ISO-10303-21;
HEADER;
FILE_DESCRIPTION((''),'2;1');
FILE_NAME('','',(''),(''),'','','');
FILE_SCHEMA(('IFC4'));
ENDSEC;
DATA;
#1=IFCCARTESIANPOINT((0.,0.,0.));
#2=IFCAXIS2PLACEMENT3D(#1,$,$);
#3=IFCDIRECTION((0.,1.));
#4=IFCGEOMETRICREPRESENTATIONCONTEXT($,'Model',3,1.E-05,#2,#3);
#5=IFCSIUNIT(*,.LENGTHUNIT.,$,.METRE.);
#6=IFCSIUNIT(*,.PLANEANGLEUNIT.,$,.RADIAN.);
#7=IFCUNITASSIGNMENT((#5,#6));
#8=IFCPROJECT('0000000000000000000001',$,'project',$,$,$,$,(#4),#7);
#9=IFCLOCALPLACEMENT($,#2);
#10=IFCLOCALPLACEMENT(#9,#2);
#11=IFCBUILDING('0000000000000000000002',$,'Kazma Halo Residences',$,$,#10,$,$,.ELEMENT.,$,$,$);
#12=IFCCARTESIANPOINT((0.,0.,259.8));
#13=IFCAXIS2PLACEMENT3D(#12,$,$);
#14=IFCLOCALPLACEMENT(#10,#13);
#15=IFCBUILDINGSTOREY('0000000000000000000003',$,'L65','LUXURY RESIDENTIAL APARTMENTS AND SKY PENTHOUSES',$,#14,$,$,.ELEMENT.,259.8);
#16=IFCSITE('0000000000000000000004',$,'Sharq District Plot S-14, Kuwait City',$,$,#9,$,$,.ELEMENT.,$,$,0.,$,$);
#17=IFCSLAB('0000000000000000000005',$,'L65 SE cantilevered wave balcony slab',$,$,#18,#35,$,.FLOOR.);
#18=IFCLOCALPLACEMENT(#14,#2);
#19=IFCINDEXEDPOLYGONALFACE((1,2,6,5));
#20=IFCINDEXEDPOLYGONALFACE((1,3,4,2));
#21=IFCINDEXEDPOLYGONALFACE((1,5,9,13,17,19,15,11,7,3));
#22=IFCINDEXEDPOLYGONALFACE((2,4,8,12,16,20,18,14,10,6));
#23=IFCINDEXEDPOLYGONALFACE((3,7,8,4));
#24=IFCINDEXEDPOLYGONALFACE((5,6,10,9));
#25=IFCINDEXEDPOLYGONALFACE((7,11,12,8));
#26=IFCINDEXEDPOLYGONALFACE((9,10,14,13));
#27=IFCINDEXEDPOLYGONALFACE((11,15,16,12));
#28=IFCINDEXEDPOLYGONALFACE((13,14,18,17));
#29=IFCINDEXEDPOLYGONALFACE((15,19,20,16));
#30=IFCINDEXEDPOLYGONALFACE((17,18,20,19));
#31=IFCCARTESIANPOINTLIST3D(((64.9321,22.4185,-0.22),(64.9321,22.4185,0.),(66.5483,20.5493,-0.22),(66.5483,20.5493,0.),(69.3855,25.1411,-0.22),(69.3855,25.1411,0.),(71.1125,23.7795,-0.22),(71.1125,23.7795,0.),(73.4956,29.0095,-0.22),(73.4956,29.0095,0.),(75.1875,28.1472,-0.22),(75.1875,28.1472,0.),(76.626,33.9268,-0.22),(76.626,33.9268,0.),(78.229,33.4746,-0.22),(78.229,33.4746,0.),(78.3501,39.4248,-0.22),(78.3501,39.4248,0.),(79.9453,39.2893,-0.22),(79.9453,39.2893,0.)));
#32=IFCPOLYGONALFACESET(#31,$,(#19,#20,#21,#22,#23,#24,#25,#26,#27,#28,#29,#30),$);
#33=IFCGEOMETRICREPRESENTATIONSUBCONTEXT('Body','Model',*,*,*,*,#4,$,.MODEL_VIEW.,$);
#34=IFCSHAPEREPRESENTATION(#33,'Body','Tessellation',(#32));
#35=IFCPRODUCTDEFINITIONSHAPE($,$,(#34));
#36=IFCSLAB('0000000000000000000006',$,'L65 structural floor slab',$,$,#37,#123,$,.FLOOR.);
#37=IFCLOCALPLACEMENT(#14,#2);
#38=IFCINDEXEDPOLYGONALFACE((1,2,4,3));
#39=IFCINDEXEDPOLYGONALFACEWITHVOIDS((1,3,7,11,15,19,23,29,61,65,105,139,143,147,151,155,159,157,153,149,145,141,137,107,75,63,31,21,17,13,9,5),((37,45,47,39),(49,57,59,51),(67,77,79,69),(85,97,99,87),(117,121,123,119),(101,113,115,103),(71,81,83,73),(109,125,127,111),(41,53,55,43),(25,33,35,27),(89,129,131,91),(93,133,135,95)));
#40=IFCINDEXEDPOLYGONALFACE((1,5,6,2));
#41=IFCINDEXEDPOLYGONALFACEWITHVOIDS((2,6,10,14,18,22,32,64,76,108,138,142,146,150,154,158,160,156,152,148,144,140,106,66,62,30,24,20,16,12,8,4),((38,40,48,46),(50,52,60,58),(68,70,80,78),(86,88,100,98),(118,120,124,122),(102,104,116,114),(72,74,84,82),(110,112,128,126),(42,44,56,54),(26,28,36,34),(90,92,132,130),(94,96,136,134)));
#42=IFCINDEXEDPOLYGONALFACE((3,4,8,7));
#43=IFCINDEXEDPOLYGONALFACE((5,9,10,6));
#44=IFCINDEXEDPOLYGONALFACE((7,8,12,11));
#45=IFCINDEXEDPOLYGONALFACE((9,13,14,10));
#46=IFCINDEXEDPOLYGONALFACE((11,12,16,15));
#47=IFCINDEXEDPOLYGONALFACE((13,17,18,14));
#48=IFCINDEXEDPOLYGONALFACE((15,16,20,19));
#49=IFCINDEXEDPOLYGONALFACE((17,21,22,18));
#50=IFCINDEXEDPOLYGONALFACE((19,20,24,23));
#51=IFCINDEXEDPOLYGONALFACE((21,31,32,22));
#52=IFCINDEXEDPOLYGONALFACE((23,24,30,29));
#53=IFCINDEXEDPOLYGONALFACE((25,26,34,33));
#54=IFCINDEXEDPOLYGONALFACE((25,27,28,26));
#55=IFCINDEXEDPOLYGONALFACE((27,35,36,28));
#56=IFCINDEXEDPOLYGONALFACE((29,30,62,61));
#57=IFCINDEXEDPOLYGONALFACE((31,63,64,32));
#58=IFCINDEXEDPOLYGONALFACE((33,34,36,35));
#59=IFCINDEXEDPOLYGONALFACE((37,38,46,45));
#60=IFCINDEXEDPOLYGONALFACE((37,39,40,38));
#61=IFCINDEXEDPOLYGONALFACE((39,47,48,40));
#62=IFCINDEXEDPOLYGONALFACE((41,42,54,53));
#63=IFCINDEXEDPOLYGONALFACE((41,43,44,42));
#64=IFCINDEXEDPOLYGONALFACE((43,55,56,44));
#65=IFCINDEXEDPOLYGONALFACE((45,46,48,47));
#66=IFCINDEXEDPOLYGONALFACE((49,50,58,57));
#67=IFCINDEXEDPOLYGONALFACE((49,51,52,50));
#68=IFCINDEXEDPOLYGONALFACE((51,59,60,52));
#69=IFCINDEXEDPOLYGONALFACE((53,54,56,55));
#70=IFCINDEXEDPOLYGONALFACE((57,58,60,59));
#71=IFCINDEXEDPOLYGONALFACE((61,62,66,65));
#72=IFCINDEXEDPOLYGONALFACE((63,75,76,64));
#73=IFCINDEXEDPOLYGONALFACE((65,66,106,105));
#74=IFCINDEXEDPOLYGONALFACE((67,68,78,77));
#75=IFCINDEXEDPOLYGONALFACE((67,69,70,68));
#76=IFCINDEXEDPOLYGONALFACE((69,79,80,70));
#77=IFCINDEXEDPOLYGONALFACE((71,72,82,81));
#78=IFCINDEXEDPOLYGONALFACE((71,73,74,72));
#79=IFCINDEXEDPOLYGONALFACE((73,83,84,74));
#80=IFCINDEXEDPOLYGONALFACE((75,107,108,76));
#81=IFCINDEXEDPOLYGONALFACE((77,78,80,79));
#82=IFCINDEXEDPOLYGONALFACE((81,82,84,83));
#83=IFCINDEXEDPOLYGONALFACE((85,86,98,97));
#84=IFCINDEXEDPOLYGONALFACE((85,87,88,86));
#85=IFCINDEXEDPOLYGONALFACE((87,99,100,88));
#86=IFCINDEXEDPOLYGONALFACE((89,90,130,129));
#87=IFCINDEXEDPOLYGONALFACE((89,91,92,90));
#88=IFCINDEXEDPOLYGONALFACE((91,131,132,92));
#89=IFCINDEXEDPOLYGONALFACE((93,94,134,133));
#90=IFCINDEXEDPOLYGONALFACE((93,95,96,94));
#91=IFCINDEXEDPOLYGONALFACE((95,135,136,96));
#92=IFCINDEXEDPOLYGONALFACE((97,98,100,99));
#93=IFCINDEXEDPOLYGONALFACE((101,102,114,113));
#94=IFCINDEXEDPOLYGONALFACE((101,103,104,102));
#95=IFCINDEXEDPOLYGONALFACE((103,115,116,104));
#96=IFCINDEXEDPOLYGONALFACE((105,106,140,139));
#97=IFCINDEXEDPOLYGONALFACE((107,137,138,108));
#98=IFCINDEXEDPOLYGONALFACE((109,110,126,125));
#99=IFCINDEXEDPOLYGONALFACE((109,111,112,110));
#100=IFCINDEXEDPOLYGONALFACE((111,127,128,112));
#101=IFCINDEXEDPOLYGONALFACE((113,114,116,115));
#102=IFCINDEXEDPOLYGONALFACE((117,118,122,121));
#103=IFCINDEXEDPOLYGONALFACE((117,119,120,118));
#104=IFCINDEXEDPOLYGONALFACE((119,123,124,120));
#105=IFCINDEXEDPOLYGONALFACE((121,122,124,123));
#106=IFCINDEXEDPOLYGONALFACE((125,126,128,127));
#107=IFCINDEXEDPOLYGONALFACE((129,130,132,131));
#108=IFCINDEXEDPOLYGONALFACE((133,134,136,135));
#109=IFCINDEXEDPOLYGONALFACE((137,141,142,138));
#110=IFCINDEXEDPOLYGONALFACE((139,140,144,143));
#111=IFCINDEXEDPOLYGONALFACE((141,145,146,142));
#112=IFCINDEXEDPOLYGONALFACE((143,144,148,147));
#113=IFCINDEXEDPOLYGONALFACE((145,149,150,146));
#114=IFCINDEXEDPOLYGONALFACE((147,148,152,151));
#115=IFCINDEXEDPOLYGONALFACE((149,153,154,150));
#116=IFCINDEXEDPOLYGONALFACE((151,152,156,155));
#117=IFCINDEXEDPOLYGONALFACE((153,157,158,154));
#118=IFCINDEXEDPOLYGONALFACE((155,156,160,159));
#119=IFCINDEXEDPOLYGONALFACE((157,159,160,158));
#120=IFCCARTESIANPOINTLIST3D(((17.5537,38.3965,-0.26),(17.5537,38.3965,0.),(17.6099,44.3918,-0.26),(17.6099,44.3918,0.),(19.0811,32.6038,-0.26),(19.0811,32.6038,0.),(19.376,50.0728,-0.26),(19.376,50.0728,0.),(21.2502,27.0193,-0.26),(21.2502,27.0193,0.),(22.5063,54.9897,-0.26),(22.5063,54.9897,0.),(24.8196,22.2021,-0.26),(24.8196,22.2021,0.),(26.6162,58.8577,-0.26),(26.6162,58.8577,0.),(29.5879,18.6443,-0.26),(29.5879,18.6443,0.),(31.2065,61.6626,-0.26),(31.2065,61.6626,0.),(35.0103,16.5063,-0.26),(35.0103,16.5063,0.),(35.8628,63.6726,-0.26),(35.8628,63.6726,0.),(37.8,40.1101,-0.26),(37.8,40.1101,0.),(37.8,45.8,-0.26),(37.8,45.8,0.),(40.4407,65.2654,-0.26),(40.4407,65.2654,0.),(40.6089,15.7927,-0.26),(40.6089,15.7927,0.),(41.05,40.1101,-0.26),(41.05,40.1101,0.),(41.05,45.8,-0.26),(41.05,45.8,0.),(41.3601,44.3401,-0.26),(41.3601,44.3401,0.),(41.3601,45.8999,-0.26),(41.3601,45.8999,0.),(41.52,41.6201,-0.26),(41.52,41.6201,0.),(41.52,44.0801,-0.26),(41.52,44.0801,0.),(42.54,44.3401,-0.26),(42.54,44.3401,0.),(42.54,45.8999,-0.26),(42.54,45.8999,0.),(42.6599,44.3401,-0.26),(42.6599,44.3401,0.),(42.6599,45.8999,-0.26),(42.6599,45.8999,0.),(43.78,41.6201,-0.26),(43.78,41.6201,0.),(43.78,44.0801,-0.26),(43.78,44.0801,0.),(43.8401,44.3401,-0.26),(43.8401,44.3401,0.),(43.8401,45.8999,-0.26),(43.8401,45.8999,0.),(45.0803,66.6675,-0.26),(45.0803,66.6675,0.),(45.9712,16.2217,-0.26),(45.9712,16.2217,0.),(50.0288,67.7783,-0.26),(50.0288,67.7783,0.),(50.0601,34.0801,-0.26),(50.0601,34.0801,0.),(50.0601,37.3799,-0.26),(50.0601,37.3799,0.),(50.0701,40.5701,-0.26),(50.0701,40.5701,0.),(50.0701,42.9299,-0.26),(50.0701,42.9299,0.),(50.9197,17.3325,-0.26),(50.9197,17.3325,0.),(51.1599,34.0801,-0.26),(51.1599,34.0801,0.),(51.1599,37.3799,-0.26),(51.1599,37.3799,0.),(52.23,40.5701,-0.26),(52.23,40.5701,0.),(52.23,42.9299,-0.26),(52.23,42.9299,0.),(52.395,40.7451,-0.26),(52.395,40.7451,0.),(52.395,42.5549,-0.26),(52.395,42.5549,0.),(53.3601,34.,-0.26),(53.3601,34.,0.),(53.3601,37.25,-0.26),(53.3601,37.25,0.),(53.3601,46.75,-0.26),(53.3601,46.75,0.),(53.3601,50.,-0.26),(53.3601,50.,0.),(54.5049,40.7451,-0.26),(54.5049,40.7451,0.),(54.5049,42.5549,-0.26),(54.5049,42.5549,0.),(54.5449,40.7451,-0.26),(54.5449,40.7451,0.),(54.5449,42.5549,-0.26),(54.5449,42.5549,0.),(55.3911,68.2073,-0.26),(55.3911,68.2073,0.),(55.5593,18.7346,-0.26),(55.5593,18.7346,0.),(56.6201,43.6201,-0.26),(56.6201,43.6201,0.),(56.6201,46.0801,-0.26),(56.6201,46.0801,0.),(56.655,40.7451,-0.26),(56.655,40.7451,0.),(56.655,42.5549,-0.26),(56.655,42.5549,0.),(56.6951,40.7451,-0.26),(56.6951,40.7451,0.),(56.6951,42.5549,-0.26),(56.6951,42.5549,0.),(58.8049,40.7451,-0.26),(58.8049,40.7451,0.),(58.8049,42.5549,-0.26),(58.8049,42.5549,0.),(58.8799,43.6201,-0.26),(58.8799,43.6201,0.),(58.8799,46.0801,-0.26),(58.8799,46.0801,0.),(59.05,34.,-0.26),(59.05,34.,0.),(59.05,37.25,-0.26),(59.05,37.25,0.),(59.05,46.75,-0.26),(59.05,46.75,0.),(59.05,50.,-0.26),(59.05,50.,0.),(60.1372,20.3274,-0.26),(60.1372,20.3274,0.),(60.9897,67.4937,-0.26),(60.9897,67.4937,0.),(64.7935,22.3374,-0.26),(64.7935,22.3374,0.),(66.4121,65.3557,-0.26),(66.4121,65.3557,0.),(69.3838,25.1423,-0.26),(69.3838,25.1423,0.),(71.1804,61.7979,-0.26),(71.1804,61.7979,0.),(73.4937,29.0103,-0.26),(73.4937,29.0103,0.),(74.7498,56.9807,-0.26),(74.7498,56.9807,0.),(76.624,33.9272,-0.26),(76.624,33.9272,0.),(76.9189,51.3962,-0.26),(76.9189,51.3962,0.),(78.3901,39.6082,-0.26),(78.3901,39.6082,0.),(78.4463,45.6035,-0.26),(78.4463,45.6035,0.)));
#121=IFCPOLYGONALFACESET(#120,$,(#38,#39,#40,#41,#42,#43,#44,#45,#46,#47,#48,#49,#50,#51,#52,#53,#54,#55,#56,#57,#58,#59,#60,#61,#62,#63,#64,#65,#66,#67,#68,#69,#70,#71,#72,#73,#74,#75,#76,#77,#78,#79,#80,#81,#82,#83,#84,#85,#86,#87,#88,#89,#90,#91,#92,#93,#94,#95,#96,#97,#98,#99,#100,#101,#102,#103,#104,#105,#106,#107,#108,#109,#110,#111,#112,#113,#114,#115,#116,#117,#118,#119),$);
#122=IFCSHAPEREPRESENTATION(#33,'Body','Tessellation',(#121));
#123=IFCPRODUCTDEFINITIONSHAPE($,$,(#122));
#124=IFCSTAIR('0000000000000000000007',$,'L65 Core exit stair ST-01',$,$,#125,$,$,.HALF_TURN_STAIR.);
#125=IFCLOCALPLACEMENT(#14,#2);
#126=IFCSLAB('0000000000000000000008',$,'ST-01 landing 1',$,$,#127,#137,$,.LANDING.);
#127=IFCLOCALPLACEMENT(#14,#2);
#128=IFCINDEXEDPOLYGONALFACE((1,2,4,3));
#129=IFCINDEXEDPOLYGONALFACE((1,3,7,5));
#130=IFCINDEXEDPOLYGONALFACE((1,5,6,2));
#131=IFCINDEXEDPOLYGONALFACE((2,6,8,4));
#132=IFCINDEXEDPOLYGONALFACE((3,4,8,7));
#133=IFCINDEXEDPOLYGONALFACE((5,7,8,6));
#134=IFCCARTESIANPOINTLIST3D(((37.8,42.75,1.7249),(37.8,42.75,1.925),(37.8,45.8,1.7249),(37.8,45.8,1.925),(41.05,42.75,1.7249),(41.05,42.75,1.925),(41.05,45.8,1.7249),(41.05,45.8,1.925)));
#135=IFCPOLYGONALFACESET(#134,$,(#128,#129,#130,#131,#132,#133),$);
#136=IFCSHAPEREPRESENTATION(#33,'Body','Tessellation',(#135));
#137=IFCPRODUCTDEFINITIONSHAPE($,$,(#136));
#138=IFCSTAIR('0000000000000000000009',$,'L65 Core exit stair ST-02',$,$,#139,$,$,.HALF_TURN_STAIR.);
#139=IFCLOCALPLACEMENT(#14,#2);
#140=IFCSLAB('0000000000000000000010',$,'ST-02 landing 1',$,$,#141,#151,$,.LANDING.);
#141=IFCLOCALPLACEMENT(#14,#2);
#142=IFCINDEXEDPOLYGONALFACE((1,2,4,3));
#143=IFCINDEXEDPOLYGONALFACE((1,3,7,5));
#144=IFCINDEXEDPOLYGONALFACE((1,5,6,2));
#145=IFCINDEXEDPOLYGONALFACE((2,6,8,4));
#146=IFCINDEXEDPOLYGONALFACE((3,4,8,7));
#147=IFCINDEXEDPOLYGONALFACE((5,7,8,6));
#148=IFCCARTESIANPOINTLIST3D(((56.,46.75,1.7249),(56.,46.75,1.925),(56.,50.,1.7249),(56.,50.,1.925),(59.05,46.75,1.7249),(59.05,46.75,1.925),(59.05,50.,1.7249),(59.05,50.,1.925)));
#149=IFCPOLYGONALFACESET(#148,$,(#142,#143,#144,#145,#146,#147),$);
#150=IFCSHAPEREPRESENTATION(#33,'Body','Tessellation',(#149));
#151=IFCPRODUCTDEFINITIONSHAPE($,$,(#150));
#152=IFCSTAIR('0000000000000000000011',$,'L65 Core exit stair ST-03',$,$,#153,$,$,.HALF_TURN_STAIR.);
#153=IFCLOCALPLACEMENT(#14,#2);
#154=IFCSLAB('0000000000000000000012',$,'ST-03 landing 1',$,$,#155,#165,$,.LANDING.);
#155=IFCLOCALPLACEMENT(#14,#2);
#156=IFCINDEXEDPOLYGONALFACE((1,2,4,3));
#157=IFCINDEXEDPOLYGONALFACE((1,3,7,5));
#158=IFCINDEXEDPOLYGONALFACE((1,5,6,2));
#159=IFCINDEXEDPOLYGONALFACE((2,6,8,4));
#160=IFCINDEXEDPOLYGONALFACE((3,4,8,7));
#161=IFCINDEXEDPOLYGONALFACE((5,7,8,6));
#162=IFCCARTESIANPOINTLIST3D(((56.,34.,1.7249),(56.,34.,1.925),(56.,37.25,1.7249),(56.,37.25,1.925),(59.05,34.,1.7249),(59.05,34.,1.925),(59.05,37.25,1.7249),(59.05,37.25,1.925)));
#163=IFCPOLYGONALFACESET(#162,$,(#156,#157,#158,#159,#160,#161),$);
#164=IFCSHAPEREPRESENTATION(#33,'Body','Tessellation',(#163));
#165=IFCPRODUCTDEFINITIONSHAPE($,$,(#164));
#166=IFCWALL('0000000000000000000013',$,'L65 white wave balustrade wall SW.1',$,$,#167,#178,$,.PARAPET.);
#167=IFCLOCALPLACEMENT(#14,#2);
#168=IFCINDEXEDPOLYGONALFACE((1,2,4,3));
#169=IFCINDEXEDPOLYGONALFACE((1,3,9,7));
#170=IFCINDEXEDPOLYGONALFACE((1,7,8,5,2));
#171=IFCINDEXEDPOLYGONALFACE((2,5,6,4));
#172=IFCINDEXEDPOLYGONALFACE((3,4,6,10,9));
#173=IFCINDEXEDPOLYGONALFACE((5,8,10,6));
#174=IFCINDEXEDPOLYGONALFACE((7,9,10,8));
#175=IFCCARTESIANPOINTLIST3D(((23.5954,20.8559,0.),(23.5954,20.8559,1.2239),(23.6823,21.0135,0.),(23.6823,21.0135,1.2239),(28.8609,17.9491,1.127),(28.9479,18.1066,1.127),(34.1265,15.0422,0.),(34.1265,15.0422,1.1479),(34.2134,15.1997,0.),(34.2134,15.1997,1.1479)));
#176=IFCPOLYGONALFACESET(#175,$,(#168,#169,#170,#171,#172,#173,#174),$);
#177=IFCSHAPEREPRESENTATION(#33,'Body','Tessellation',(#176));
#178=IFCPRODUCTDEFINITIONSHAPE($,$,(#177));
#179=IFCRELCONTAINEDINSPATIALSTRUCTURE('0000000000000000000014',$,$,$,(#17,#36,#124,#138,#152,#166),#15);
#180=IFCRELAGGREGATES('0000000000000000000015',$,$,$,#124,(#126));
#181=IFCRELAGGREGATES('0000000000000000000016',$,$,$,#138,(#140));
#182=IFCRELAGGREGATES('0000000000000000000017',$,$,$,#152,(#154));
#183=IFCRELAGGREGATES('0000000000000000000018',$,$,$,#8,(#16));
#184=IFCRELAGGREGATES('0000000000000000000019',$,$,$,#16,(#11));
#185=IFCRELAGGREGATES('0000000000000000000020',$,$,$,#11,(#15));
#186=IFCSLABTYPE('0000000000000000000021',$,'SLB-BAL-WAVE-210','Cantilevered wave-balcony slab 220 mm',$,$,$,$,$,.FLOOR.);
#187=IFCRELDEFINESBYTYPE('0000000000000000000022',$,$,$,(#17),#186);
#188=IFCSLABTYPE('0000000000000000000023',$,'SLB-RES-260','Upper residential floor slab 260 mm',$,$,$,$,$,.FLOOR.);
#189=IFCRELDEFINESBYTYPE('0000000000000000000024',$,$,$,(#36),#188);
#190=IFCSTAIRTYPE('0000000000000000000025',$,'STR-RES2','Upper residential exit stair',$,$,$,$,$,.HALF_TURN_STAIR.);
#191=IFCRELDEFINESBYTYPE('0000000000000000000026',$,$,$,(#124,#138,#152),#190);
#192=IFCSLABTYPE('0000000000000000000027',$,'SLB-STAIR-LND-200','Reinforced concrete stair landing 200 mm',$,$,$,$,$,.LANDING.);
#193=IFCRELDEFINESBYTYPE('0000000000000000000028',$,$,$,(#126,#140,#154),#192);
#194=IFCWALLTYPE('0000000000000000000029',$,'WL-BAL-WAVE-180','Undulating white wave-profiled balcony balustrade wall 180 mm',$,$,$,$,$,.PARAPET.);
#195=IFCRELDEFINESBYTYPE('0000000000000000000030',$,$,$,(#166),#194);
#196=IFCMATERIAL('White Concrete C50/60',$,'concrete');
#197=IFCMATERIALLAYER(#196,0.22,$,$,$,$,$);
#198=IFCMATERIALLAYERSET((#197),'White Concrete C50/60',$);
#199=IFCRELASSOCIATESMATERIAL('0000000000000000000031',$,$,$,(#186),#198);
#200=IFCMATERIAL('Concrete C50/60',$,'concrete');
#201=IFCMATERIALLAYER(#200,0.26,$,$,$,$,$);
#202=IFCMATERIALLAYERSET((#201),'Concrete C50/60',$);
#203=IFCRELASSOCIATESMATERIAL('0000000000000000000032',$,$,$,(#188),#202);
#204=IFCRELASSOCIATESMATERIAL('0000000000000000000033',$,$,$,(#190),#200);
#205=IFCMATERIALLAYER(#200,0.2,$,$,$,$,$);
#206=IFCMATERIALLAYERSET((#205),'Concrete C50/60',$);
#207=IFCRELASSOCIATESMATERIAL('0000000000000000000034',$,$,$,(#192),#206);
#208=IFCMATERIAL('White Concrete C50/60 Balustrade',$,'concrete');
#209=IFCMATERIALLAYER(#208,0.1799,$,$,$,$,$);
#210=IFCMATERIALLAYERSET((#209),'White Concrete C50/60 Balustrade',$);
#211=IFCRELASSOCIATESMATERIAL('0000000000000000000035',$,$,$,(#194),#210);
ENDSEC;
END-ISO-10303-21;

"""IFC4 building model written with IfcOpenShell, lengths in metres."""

from ifc_helpers import new_model, si_unit, direction, frame, origin, place, context, subcontext, project, spatial, polyline, outline, extrude, material, layer, layer_set, type_object, element, aggregate, save


model = new_model("IFC4")

# Units and contexts
model_context = context("Model", 3, precision=1e-05, world=origin(), true_north=direction((0.0, 1.0)))
body_context = subcontext(model_context, "Body", "Model", "MODEL_VIEW")
ifc_project = project(units=[si_unit("LENGTHUNIT", "METRE"), si_unit("PLANEANGLEUNIT", "RADIAN")], contexts=[model_context])

# Site, building, storey
site_placement = place(None, origin())
site = spatial("IfcSite", under=ifc_project, at=site_placement, Name="Sharq District Plot S-14, Kuwait City", CompositionType="ELEMENT", RefElevation=0.0)
building_placement = place(site_placement, origin())
building = spatial("IfcBuilding", under=site, at=building_placement, Name="Kazma Halo Residences", CompositionType="ELEMENT")
storey_placement = place(building_placement, frame((0.0, 0.0, 259.8)))
storey = spatial("IfcBuildingStorey", under=building, at=storey_placement, Name="L65", Description="LUXURY RESIDENTIAL APARTMENTS AND SKY PENTHOUSES", CompositionType="ELEMENT", Elevation=259.8)

# Slabs
ifc_material_1 = material(Name="White Concrete C50/60", Category="concrete")
ifc_layer_1 = layer(ifc_material_1, 0.22)
ifc_layer_set_1 = layer_set([ifc_layer_1], Name="White Concrete C50/60")
slab_type_1 = type_object("IfcSlabType", Name="SLB-BAL-WAVE-210", Description="Cantilevered wave-balcony slab 220 mm", PredefinedType="FLOOR", material=ifc_layer_set_1)
slab_1_placement = place(storey_placement, frame((0.0, 0.0, -0.22)))
element("IfcSlab", 1, at=slab_1_placement, inside=storey, type_object=slab_type_1, Name="L65 SE cantilevered wave balcony slab", PredefinedType="FLOOR", context=body_context, shape_type="SweptSolid", body=[
    extrude(outline(polyline([(64.9321, 22.4185), (69.3855, 25.1411), (73.4956, 29.0095), (76.626, 33.9268), (78.3501, 39.4248), (79.9453, 39.2893), (78.229, 33.4746), (75.1875, 28.1472), (71.1125, 23.7795), (66.5483, 20.5493), (64.9321, 22.4185)])), origin(), (0.0, 0.0, 1.0), 0.22),
])
ifc_material_2 = material(Name="Concrete C50/60", Category="concrete")
ifc_layer_2 = layer(ifc_material_2, 0.26)
ifc_layer_set_2 = layer_set([ifc_layer_2], Name="Concrete C50/60")
slab_type_2 = type_object("IfcSlabType", Name="SLB-RES-260", Description="Upper residential floor slab 260 mm", PredefinedType="FLOOR", material=ifc_layer_set_2)
slab_2_placement = place(storey_placement, frame((0.0, 0.0, -0.26)))
element("IfcSlab", 2, at=slab_2_placement, inside=storey, type_object=slab_type_2, Name="L65 structural floor slab", PredefinedType="FLOOR", context=body_context, shape_type="SweptSolid", body=[
    extrude(outline(polyline([(76.9189, 51.3962), (74.7498, 56.9807), (71.1804, 61.7979), (66.4121, 65.3557), (60.9897, 67.4937), (55.3911, 68.2073), (50.0288, 67.7783), (45.0803, 66.6675), (40.4407, 65.2654), (35.8628, 63.6726), (31.2065, 61.6626), (26.6162, 58.8577), (22.5063, 54.9897), (19.376, 50.0728), (17.6099, 44.3918), (17.5537, 38.3965), (19.0811, 32.6038), (21.2502, 27.0193), (24.8196, 22.2021), (29.5879, 18.6443), (35.0103, 16.5063), (40.6089, 15.7927), (45.9712, 16.2217), (50.9197, 17.3325), (55.5593, 18.7346), (60.1372, 20.3274), (64.7935, 22.3374), (69.3838, 25.1423), (73.4937, 29.0103), (76.624, 33.9272), (78.3901, 39.6082), (78.4463, 45.6035), (76.9189, 51.3962)]), holes=[polyline([(37.8, 40.1101), (41.05, 40.1101), (41.05, 45.8), (37.8, 45.8), (37.8, 40.1101)]), polyline([(53.3601, 46.75), (59.05, 46.75), (59.05, 50.0), (53.3601, 50.0), (53.3601, 46.75)]), polyline([(53.3601, 34.0), (59.05, 34.0), (59.05, 37.25), (53.3601, 37.25), (53.3601, 34.0)]), polyline([(41.52, 41.6201), (43.78, 41.6201), (43.78, 44.0801), (41.52, 44.0801), (41.52, 41.6201)]), polyline([(56.6201, 43.6201), (58.8799, 43.6201), (58.8799, 46.0801), (56.6201, 46.0801), (56.6201, 43.6201)]), polyline([(52.395, 40.7451), (54.5049, 40.7451), (54.5049, 42.5549), (52.395, 42.5549), (52.395, 40.7451)]), polyline([(54.5449, 40.7451), (56.655, 40.7451), (56.655, 42.5549), (54.5449, 42.5549), (54.5449, 40.7451)]), polyline([(56.6951, 40.7451), (58.8049, 40.7451), (58.8049, 42.5549), (56.6951, 42.5549), (56.6951, 40.7451)]), polyline([(50.0701, 40.5701), (52.23, 40.5701), (52.23, 42.9299), (50.0701, 42.9299), (50.0701, 40.5701)]), polyline([(41.3601, 44.3401), (42.54, 44.3401), (42.54, 45.8999), (41.3601, 45.8999), (41.3601, 44.3401)]), polyline([(42.6599, 44.3401), (43.8401, 44.3401), (43.8401, 45.8999), (42.6599, 45.8999), (42.6599, 44.3401)]), polyline([(50.0601, 34.0801), (51.1599, 34.0801), (51.1599, 37.3799), (50.0601, 37.3799), (50.0601, 34.0801)])]), origin(), (0.0, 0.0, 1.0), 0.26),
])

# Stairs, slabs
stair_type = type_object("IfcStairType", Name="STR-RES2", Description="Upper residential exit stair", PredefinedType="HALF_TURN_STAIR", material=ifc_material_2)
stair_1_placement = place(storey_placement, origin())
stair_1 = element("IfcStair", 3, at=stair_1_placement, inside=storey, type_object=stair_type, Name="L65 Core exit stair ST-01", PredefinedType="HALF_TURN_STAIR")
ifc_layer_3 = layer(ifc_material_2, 0.2)
ifc_layer_set_3 = layer_set([ifc_layer_3], Name="Concrete C50/60")
slab_type_3 = type_object("IfcSlabType", Name="SLB-STAIR-LND-200", Description="Reinforced concrete stair landing 200 mm", PredefinedType="LANDING", material=ifc_layer_set_3)
slab_3_placement = place(storey_placement, frame((0.0, 0.0, 1.7249)))
slab_3 = element("IfcSlab", 4, at=slab_3_placement, type_object=slab_type_3, Name="ST-01 landing 1", PredefinedType="LANDING", context=body_context, shape_type="SweptSolid", body=[
    extrude(outline(polyline([(41.05, 42.75), (41.05, 45.8), (37.8, 45.8), (37.8, 42.75), (41.05, 42.75)])), origin(), (0.0, 0.0, 1.0), 0.2002),
])
aggregate(stair_1, [slab_3])
stair_2_placement = place(storey_placement, origin())
stair_2 = element("IfcStair", 5, at=stair_2_placement, inside=storey, type_object=stair_type, Name="L65 Core exit stair ST-02", PredefinedType="HALF_TURN_STAIR")
slab_4_placement = place(storey_placement, frame((0.0, 0.0, 1.7249)))
slab_4 = element("IfcSlab", 6, at=slab_4_placement, type_object=slab_type_3, Name="ST-02 landing 1", PredefinedType="LANDING", context=body_context, shape_type="SweptSolid", body=[
    extrude(outline(polyline([(56.0, 46.75), (59.05, 46.75), (59.05, 50.0), (56.0, 50.0), (56.0, 46.75)])), origin(), (0.0, 0.0, 1.0), 0.2002),
])
aggregate(stair_2, [slab_4])
stair_3_placement = place(storey_placement, origin())
stair_3 = element("IfcStair", 7, at=stair_3_placement, inside=storey, type_object=stair_type, Name="L65 Core exit stair ST-03", PredefinedType="HALF_TURN_STAIR")
slab_5_placement = place(storey_placement, frame((0.0, 0.0, 1.7249)))
slab_5 = element("IfcSlab", 8, at=slab_5_placement, type_object=slab_type_3, Name="ST-03 landing 1", PredefinedType="LANDING", context=body_context, shape_type="SweptSolid", body=[
    extrude(outline(polyline([(56.0, 34.0), (59.05, 34.0), (59.05, 37.25), (56.0, 37.25), (56.0, 34.0)])), origin(), (0.0, 0.0, 1.0), 0.2002),
])
aggregate(stair_3, [slab_5])

# Wall
ifc_material_3 = material(Name="White Concrete C50/60 Balustrade", Category="concrete")
ifc_layer_4 = layer(ifc_material_3, 0.1799)
ifc_layer_set_4 = layer_set([ifc_layer_4], Name="White Concrete C50/60 Balustrade")
wall_type_1 = type_object("IfcWallType", Name="WL-BAL-WAVE-180", Description="Undulating white wave-profiled balcony balustrade wall 180 mm", PredefinedType="PARAPET", material=ifc_layer_set_4)
wall_1_placement = place(storey_placement, frame((23.6389, 20.9348, 0.0), z_axis=(0.0, 0.0, 1.0), x_axis=(0.875454, -0.483301, 0.0)))
element("IfcWall", 9, at=wall_1_placement, inside=storey, type_object=wall_type_1, Name="L65 white wave balustrade wall SW.1", PredefinedType="PARAPET", context=body_context, shape_type="SweptSolid", body=[
    extrude(outline(polyline([(0.0, 0.0), (12.0293, 0.0), (12.0293, 1.1479), (6.0146, 1.127), (0.0, 1.2239), (0.0, 0.0)])), frame((0.0, 0.0898, 0.0), z_axis=(0.0, -1.0, 0.0), x_axis=(1.0, 0.0, 0.0)), (0.0, 0.0, 1.0), 0.1799),
])

save(model, "model.ifc")
